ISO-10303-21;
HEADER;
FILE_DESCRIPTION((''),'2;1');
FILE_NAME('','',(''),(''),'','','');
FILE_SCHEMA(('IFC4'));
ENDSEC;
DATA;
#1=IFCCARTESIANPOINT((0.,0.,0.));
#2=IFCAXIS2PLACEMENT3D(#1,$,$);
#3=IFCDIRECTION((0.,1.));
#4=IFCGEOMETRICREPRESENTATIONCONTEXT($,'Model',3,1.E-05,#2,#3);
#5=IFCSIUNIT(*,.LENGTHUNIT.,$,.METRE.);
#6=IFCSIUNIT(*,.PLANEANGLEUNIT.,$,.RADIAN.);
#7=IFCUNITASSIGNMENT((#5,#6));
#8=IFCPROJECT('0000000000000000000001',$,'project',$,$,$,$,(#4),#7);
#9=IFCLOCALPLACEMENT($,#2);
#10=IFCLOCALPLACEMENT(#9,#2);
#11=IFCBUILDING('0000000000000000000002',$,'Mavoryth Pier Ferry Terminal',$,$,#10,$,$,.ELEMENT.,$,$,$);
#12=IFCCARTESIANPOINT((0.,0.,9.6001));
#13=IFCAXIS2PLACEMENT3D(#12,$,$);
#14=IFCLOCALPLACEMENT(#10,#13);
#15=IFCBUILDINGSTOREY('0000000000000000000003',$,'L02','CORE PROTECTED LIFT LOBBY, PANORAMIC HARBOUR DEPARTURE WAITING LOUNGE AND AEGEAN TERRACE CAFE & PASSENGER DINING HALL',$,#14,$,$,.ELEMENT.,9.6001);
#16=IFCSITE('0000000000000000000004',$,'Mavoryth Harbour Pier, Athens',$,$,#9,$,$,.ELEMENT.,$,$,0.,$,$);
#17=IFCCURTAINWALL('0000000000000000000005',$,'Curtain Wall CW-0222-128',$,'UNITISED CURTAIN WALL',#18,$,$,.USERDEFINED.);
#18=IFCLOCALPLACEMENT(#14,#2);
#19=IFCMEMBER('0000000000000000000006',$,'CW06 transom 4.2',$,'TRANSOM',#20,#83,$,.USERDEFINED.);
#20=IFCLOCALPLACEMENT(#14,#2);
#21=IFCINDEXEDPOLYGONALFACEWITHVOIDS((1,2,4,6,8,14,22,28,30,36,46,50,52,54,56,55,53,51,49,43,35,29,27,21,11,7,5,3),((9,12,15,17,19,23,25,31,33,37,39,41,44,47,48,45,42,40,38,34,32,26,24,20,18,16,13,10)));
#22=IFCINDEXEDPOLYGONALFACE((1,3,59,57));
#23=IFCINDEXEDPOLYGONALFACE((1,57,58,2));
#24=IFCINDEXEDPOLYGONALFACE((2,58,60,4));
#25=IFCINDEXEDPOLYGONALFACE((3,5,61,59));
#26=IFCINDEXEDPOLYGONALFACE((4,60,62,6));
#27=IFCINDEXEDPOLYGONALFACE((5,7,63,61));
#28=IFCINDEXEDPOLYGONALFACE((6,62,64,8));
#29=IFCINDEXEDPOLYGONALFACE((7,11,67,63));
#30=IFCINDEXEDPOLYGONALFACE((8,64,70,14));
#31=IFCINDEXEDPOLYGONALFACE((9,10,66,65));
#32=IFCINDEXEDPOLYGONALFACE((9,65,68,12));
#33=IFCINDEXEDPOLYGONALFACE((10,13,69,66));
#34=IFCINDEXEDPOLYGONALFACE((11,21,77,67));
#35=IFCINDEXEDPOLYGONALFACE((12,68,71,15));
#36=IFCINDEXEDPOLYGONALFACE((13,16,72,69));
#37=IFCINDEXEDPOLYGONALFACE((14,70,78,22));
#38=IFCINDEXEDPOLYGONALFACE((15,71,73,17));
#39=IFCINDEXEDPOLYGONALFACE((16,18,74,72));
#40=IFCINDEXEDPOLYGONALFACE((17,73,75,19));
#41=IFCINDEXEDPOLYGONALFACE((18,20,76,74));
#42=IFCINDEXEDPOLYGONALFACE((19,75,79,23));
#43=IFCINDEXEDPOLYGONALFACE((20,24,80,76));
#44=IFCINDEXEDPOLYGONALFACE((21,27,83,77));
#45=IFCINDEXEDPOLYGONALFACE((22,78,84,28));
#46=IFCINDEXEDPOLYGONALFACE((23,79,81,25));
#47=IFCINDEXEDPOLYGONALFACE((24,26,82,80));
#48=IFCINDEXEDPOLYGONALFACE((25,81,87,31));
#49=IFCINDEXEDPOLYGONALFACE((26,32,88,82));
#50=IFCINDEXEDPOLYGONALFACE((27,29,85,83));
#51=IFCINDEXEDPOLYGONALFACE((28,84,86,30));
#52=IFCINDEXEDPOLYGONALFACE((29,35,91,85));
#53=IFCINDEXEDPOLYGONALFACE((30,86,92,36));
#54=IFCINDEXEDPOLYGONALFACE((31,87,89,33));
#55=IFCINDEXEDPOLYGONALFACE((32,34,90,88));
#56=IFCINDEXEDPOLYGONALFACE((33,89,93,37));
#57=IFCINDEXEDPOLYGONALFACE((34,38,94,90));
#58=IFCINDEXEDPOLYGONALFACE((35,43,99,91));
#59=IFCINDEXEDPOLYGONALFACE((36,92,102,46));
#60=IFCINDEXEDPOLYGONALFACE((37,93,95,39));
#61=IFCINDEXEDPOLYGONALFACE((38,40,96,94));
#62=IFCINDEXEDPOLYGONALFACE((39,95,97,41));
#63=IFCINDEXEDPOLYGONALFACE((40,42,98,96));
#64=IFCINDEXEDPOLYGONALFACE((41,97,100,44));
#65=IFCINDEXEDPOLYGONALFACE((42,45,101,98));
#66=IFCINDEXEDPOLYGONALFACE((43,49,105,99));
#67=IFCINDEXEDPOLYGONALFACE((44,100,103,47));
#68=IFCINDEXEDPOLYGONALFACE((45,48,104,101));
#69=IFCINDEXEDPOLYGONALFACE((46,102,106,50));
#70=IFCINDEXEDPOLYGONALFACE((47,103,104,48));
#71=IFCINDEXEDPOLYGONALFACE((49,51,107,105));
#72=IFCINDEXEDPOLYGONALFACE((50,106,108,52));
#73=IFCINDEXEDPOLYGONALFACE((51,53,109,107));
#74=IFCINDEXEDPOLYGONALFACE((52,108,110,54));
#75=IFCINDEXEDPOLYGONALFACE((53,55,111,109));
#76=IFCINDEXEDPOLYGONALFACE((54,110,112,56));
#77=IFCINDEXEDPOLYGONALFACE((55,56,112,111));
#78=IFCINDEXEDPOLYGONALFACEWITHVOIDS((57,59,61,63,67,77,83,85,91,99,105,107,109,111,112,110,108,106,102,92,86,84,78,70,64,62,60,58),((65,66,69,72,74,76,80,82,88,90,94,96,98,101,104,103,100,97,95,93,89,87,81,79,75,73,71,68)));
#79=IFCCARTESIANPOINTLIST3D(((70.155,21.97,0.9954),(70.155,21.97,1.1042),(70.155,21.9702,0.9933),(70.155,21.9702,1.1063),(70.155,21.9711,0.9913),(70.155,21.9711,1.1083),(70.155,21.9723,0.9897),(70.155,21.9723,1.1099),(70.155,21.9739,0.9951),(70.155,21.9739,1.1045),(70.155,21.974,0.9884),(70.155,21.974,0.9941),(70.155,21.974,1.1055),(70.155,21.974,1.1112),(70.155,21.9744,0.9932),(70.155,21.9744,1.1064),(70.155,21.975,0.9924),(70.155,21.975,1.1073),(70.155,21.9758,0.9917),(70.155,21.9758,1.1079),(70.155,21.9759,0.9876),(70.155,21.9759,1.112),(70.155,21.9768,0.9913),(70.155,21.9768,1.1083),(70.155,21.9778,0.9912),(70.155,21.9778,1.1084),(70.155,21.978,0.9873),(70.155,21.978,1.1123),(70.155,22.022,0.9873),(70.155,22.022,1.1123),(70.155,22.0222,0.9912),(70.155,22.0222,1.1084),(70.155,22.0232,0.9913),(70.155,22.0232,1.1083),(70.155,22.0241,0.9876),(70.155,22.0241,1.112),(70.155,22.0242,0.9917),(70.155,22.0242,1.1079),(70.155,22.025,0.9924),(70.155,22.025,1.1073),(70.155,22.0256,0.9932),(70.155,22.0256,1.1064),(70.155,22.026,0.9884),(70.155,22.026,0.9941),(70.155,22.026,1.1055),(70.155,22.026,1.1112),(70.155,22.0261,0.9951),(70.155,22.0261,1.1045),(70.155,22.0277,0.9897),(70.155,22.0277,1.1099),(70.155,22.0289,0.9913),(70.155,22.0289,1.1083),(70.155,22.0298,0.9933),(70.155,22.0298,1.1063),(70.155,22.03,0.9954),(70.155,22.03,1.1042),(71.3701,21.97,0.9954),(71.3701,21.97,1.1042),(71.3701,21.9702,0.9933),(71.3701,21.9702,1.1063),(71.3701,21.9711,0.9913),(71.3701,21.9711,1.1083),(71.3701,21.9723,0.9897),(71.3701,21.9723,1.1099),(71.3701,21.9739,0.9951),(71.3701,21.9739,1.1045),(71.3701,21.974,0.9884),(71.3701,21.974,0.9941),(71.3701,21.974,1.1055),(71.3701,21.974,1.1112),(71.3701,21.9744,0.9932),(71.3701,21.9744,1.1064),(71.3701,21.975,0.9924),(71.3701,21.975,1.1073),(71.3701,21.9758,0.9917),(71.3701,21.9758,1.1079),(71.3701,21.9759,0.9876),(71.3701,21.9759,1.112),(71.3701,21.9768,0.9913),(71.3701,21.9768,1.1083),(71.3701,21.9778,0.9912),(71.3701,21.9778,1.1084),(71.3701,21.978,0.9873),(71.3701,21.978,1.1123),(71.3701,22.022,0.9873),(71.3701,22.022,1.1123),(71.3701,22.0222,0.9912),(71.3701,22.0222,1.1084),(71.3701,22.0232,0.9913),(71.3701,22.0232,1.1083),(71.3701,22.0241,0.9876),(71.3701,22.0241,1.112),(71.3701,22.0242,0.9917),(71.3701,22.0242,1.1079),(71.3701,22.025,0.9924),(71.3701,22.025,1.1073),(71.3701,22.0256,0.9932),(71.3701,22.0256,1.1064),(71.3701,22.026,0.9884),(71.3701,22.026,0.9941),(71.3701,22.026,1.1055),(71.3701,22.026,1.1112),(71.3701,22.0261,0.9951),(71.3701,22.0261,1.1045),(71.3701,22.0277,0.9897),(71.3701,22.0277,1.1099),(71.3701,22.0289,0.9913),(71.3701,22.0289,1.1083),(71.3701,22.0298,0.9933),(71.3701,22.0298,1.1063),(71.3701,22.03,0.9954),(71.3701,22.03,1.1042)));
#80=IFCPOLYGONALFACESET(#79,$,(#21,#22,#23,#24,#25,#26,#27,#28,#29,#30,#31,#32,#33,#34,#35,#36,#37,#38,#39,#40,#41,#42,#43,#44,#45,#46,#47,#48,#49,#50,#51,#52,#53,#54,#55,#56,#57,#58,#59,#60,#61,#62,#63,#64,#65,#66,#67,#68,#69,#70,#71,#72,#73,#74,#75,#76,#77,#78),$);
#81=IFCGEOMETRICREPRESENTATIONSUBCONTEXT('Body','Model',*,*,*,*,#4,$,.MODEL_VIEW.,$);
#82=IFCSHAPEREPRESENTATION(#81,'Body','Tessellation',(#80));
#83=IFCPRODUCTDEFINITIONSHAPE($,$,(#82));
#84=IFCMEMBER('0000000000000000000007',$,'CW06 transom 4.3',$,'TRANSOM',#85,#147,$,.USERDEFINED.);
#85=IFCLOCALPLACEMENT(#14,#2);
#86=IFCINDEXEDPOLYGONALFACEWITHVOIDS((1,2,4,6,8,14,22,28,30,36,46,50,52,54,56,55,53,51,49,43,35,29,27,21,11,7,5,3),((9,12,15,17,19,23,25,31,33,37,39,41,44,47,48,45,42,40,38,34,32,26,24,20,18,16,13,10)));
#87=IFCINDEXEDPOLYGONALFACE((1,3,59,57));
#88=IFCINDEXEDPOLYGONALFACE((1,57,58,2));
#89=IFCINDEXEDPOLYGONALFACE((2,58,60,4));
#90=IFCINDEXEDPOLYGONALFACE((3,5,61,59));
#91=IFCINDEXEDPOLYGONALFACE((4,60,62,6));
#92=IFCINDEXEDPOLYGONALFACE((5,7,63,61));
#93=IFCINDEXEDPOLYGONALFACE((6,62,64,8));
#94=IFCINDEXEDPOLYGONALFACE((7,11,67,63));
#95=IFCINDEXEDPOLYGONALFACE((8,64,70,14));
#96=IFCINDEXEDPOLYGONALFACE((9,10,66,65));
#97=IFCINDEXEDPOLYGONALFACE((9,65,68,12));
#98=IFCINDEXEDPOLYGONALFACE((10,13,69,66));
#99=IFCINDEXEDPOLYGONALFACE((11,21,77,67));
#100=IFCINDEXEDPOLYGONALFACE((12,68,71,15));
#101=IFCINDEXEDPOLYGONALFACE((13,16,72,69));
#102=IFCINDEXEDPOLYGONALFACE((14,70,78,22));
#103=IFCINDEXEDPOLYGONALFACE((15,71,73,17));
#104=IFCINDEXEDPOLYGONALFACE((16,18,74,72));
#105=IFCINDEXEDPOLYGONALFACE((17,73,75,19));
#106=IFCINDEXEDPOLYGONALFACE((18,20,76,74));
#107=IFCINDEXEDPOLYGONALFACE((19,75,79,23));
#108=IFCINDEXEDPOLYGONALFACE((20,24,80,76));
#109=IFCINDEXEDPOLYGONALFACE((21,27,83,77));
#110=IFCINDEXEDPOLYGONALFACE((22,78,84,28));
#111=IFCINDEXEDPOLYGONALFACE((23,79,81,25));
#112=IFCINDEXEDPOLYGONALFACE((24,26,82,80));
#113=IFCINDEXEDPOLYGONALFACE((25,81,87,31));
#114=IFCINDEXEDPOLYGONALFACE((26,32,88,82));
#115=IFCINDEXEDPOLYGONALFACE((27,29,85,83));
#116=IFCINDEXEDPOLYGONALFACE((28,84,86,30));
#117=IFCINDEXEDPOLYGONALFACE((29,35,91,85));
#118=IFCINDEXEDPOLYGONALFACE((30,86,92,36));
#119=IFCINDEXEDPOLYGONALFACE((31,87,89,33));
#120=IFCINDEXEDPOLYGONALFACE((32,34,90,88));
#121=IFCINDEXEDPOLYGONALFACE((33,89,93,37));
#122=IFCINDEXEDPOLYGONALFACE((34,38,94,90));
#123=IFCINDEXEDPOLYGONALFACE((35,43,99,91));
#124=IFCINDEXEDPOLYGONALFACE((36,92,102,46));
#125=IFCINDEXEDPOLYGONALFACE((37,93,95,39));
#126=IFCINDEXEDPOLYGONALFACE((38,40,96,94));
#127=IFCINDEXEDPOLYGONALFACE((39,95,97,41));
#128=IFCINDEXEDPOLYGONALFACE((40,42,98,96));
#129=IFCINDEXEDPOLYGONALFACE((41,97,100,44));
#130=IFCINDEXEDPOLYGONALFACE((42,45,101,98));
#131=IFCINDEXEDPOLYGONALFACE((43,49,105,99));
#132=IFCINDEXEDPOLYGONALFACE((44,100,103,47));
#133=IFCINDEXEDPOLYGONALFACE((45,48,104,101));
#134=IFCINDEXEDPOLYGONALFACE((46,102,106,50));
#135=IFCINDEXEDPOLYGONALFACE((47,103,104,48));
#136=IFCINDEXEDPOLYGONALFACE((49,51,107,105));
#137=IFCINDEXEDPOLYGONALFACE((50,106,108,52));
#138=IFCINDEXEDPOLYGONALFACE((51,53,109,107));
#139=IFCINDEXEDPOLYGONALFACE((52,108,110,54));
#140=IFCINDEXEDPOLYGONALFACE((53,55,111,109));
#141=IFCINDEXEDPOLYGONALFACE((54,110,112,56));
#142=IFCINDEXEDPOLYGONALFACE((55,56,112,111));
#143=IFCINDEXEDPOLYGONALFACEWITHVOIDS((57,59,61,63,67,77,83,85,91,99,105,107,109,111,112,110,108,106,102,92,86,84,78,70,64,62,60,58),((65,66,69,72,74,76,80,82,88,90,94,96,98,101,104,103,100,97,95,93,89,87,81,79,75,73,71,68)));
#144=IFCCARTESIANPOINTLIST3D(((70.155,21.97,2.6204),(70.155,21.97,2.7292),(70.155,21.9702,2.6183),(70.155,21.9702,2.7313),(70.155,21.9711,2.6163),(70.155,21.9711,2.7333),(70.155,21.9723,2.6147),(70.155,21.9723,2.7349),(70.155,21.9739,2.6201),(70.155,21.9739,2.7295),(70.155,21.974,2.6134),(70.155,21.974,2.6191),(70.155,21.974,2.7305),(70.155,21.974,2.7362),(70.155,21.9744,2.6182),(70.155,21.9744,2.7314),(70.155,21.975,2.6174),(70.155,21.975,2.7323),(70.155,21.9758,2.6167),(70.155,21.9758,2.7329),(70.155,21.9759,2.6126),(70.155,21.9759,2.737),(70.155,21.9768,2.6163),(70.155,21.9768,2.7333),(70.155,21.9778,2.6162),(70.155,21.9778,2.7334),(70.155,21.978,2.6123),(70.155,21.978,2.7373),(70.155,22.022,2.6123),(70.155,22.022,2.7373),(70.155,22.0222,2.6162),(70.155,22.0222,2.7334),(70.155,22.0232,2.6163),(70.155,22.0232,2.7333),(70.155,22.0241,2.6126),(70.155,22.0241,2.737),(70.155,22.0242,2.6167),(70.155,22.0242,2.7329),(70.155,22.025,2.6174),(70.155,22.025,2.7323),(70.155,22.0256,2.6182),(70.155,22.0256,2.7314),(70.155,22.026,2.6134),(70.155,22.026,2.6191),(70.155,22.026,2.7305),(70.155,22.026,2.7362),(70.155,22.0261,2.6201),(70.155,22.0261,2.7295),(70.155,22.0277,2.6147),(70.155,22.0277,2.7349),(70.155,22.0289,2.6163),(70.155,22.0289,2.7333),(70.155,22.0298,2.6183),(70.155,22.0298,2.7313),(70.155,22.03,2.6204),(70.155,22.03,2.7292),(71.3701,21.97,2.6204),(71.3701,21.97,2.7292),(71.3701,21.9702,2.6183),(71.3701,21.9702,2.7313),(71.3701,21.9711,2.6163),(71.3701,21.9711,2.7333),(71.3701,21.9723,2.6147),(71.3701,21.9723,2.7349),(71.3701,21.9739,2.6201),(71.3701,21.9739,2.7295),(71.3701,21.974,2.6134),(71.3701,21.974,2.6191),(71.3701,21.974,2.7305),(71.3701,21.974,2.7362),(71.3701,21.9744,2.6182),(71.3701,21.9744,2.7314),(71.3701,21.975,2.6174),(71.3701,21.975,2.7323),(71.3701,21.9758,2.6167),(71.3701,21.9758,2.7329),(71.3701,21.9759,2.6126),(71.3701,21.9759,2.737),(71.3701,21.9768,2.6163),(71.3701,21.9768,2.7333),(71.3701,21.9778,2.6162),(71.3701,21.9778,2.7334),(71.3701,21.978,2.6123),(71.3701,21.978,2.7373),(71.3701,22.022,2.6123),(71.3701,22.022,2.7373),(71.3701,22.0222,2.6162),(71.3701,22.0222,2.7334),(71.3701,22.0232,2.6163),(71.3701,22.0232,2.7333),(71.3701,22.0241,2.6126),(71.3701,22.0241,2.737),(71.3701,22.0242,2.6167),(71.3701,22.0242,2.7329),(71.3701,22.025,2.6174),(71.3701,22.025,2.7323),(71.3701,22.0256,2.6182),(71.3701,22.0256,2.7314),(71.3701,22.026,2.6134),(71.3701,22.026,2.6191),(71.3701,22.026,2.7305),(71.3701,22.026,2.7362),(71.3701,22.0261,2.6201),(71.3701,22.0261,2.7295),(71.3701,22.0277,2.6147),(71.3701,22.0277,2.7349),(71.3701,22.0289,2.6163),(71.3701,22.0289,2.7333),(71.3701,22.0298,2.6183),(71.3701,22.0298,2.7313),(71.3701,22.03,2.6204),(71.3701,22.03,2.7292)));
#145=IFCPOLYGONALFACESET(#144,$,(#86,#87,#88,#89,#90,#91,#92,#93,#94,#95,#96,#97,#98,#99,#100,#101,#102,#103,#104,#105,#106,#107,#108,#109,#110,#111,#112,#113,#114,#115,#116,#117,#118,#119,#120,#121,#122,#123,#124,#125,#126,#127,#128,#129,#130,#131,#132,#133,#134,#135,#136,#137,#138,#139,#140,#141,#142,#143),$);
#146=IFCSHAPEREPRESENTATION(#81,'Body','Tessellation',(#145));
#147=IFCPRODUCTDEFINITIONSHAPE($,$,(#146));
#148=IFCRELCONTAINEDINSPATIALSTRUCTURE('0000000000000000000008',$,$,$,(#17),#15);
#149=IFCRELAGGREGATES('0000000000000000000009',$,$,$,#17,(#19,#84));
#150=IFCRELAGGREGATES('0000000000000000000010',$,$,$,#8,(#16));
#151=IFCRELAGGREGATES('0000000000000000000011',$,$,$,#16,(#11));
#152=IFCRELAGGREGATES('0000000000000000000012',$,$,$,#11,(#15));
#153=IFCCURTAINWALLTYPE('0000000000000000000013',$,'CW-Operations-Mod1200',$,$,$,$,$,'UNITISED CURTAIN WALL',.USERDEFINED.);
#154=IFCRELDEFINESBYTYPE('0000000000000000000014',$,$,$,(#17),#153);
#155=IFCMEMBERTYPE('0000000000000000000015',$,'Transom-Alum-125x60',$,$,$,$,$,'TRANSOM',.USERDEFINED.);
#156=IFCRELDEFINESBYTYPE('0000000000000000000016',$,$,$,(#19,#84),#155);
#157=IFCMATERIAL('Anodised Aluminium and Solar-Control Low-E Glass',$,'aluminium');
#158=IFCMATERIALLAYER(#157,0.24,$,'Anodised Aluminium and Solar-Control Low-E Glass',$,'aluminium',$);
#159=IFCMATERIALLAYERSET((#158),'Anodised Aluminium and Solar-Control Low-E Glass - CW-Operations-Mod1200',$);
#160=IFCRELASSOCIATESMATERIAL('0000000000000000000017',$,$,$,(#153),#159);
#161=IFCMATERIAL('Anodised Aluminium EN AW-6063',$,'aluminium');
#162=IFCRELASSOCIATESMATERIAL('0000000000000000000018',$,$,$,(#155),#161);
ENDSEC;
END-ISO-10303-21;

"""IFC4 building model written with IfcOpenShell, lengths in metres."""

from ifc_helpers import new_model, si_unit, direction, frame, origin, origin_2d, place, context, subcontext, project, spatial, hollow_rectangle, extrude, material, layer, layer_set, material_profile, profile_set, type_object, element, aggregate, save


model = new_model("IFC4")

# Units and contexts
model_context = context("Model", 3, precision=1e-05, world=origin(), true_north=direction((0.0, 1.0)))
body_context = subcontext(model_context, "Body", "Model", "MODEL_VIEW")
ifc_project = project(units=[si_unit("LENGTHUNIT", "METRE"), si_unit("PLANEANGLEUNIT", "RADIAN")], contexts=[model_context])

# Site, building, storey
site_placement = place(None, origin())
site = spatial("IfcSite", under=ifc_project, at=site_placement, Name="Mavoryth Harbour Pier, Athens", CompositionType="ELEMENT", RefElevation=0.0)
building_placement = place(site_placement, origin())
building = spatial("IfcBuilding", under=site, at=building_placement, Name="Mavoryth Pier Ferry Terminal", CompositionType="ELEMENT")
storey_placement = place(building_placement, frame((0.0, 0.0, 9.6001)))
storey = spatial("IfcBuildingStorey", under=building, at=storey_placement, Name="L02", Description="CORE PROTECTED LIFT LOBBY, PANORAMIC HARBOUR DEPARTURE WAITING LOUNGE AND AEGEAN TERRACE CAFE & PASSENGER DINING HALL", CompositionType="ELEMENT", Elevation=9.6001)

# Curtain wall, members
ifc_material_1 = material(Name="Anodised Aluminium and Solar-Control Low-E Glass", Category="aluminium")
ifc_layer_1 = layer(ifc_material_1, 0.24, Name="Anodised Aluminium and Solar-Control Low-E Glass", Category="aluminium")
ifc_layer_set_1 = layer_set([ifc_layer_1], Name="Anodised Aluminium and Solar-Control Low-E Glass - CW-Operations-Mod1200")
curtain_wall_type = type_object("IfcCurtainWallType", Name="CW-Operations-Mod1200", ElementType="UNITISED CURTAIN WALL", PredefinedType="USERDEFINED", material=ifc_layer_set_1)
curtain_wall_placement = place(storey_placement, origin())
curtain_wall = element("IfcCurtainWall", 1, at=curtain_wall_placement, inside=storey, type_object=curtain_wall_type, Name="Curtain Wall CW-0222-128", ObjectType="UNITISED CURTAIN WALL", PredefinedType="USERDEFINED")
ifc_material_2 = material(Name="Anodised Aluminium EN AW-6063", Category="aluminium")
ifc_material_profile_1 = material_profile(ifc_material_2, hollow_rectangle(XDim=0.0601, YDim=0.125, WallThickness=0.0039, InnerFilletRadius=0.0039, OuterFilletRadius=0.0081, at=origin_2d()), Name="AL-TRAN 125x60x4", Category="aluminium")
ifc_profile_set_1 = profile_set([ifc_material_profile_1], Name="Anodised Aluminium EN AW-6063 - AL-TRAN 125x60x4")
member_type_1 = type_object("IfcMemberType", Name="Transom-Alum-125x60", ElementType="TRANSOM", PredefinedType="USERDEFINED", material=ifc_profile_set_1)
member_1_placement = place(storey_placement, frame((71.3701, 22.0, 1.0498), z_axis=(-1.0, 0.0, 0.0), x_axis=(0.0, -1.0, 0.0)))
member_1 = element("IfcMember", 2, at=member_1_placement, type_object=member_type_1, Name="CW06 transom 4.2", ObjectType="TRANSOM", PredefinedType="USERDEFINED", context=body_context, shape_type="SweptSolid", body=[
    extrude(hollow_rectangle(XDim=0.0601, YDim=0.125, WallThickness=0.0039, InnerFilletRadius=0.0039, OuterFilletRadius=0.0081, at=origin_2d()), origin(), (0.0, 0.0, 1.0), 1.2151),
])
member_2_placement = place(storey_placement, frame((71.3701, 22.0, 2.6748), z_axis=(-1.0, 0.0, 0.0), x_axis=(0.0, -1.0, 0.0)))
member_2 = element("IfcMember", 3, at=member_2_placement, type_object=member_type_1, Name="CW06 transom 4.3", ObjectType="TRANSOM", PredefinedType="USERDEFINED", context=body_context, shape_type="SweptSolid", body=[
    extrude(hollow_rectangle(XDim=0.0601, YDim=0.125, WallThickness=0.0039, InnerFilletRadius=0.0039, OuterFilletRadius=0.0081, at=origin_2d()), origin(), (0.0, 0.0, 1.0), 1.2151),
])
aggregate(curtain_wall, [member_1, member_2])

save(model, "model.ifc")
